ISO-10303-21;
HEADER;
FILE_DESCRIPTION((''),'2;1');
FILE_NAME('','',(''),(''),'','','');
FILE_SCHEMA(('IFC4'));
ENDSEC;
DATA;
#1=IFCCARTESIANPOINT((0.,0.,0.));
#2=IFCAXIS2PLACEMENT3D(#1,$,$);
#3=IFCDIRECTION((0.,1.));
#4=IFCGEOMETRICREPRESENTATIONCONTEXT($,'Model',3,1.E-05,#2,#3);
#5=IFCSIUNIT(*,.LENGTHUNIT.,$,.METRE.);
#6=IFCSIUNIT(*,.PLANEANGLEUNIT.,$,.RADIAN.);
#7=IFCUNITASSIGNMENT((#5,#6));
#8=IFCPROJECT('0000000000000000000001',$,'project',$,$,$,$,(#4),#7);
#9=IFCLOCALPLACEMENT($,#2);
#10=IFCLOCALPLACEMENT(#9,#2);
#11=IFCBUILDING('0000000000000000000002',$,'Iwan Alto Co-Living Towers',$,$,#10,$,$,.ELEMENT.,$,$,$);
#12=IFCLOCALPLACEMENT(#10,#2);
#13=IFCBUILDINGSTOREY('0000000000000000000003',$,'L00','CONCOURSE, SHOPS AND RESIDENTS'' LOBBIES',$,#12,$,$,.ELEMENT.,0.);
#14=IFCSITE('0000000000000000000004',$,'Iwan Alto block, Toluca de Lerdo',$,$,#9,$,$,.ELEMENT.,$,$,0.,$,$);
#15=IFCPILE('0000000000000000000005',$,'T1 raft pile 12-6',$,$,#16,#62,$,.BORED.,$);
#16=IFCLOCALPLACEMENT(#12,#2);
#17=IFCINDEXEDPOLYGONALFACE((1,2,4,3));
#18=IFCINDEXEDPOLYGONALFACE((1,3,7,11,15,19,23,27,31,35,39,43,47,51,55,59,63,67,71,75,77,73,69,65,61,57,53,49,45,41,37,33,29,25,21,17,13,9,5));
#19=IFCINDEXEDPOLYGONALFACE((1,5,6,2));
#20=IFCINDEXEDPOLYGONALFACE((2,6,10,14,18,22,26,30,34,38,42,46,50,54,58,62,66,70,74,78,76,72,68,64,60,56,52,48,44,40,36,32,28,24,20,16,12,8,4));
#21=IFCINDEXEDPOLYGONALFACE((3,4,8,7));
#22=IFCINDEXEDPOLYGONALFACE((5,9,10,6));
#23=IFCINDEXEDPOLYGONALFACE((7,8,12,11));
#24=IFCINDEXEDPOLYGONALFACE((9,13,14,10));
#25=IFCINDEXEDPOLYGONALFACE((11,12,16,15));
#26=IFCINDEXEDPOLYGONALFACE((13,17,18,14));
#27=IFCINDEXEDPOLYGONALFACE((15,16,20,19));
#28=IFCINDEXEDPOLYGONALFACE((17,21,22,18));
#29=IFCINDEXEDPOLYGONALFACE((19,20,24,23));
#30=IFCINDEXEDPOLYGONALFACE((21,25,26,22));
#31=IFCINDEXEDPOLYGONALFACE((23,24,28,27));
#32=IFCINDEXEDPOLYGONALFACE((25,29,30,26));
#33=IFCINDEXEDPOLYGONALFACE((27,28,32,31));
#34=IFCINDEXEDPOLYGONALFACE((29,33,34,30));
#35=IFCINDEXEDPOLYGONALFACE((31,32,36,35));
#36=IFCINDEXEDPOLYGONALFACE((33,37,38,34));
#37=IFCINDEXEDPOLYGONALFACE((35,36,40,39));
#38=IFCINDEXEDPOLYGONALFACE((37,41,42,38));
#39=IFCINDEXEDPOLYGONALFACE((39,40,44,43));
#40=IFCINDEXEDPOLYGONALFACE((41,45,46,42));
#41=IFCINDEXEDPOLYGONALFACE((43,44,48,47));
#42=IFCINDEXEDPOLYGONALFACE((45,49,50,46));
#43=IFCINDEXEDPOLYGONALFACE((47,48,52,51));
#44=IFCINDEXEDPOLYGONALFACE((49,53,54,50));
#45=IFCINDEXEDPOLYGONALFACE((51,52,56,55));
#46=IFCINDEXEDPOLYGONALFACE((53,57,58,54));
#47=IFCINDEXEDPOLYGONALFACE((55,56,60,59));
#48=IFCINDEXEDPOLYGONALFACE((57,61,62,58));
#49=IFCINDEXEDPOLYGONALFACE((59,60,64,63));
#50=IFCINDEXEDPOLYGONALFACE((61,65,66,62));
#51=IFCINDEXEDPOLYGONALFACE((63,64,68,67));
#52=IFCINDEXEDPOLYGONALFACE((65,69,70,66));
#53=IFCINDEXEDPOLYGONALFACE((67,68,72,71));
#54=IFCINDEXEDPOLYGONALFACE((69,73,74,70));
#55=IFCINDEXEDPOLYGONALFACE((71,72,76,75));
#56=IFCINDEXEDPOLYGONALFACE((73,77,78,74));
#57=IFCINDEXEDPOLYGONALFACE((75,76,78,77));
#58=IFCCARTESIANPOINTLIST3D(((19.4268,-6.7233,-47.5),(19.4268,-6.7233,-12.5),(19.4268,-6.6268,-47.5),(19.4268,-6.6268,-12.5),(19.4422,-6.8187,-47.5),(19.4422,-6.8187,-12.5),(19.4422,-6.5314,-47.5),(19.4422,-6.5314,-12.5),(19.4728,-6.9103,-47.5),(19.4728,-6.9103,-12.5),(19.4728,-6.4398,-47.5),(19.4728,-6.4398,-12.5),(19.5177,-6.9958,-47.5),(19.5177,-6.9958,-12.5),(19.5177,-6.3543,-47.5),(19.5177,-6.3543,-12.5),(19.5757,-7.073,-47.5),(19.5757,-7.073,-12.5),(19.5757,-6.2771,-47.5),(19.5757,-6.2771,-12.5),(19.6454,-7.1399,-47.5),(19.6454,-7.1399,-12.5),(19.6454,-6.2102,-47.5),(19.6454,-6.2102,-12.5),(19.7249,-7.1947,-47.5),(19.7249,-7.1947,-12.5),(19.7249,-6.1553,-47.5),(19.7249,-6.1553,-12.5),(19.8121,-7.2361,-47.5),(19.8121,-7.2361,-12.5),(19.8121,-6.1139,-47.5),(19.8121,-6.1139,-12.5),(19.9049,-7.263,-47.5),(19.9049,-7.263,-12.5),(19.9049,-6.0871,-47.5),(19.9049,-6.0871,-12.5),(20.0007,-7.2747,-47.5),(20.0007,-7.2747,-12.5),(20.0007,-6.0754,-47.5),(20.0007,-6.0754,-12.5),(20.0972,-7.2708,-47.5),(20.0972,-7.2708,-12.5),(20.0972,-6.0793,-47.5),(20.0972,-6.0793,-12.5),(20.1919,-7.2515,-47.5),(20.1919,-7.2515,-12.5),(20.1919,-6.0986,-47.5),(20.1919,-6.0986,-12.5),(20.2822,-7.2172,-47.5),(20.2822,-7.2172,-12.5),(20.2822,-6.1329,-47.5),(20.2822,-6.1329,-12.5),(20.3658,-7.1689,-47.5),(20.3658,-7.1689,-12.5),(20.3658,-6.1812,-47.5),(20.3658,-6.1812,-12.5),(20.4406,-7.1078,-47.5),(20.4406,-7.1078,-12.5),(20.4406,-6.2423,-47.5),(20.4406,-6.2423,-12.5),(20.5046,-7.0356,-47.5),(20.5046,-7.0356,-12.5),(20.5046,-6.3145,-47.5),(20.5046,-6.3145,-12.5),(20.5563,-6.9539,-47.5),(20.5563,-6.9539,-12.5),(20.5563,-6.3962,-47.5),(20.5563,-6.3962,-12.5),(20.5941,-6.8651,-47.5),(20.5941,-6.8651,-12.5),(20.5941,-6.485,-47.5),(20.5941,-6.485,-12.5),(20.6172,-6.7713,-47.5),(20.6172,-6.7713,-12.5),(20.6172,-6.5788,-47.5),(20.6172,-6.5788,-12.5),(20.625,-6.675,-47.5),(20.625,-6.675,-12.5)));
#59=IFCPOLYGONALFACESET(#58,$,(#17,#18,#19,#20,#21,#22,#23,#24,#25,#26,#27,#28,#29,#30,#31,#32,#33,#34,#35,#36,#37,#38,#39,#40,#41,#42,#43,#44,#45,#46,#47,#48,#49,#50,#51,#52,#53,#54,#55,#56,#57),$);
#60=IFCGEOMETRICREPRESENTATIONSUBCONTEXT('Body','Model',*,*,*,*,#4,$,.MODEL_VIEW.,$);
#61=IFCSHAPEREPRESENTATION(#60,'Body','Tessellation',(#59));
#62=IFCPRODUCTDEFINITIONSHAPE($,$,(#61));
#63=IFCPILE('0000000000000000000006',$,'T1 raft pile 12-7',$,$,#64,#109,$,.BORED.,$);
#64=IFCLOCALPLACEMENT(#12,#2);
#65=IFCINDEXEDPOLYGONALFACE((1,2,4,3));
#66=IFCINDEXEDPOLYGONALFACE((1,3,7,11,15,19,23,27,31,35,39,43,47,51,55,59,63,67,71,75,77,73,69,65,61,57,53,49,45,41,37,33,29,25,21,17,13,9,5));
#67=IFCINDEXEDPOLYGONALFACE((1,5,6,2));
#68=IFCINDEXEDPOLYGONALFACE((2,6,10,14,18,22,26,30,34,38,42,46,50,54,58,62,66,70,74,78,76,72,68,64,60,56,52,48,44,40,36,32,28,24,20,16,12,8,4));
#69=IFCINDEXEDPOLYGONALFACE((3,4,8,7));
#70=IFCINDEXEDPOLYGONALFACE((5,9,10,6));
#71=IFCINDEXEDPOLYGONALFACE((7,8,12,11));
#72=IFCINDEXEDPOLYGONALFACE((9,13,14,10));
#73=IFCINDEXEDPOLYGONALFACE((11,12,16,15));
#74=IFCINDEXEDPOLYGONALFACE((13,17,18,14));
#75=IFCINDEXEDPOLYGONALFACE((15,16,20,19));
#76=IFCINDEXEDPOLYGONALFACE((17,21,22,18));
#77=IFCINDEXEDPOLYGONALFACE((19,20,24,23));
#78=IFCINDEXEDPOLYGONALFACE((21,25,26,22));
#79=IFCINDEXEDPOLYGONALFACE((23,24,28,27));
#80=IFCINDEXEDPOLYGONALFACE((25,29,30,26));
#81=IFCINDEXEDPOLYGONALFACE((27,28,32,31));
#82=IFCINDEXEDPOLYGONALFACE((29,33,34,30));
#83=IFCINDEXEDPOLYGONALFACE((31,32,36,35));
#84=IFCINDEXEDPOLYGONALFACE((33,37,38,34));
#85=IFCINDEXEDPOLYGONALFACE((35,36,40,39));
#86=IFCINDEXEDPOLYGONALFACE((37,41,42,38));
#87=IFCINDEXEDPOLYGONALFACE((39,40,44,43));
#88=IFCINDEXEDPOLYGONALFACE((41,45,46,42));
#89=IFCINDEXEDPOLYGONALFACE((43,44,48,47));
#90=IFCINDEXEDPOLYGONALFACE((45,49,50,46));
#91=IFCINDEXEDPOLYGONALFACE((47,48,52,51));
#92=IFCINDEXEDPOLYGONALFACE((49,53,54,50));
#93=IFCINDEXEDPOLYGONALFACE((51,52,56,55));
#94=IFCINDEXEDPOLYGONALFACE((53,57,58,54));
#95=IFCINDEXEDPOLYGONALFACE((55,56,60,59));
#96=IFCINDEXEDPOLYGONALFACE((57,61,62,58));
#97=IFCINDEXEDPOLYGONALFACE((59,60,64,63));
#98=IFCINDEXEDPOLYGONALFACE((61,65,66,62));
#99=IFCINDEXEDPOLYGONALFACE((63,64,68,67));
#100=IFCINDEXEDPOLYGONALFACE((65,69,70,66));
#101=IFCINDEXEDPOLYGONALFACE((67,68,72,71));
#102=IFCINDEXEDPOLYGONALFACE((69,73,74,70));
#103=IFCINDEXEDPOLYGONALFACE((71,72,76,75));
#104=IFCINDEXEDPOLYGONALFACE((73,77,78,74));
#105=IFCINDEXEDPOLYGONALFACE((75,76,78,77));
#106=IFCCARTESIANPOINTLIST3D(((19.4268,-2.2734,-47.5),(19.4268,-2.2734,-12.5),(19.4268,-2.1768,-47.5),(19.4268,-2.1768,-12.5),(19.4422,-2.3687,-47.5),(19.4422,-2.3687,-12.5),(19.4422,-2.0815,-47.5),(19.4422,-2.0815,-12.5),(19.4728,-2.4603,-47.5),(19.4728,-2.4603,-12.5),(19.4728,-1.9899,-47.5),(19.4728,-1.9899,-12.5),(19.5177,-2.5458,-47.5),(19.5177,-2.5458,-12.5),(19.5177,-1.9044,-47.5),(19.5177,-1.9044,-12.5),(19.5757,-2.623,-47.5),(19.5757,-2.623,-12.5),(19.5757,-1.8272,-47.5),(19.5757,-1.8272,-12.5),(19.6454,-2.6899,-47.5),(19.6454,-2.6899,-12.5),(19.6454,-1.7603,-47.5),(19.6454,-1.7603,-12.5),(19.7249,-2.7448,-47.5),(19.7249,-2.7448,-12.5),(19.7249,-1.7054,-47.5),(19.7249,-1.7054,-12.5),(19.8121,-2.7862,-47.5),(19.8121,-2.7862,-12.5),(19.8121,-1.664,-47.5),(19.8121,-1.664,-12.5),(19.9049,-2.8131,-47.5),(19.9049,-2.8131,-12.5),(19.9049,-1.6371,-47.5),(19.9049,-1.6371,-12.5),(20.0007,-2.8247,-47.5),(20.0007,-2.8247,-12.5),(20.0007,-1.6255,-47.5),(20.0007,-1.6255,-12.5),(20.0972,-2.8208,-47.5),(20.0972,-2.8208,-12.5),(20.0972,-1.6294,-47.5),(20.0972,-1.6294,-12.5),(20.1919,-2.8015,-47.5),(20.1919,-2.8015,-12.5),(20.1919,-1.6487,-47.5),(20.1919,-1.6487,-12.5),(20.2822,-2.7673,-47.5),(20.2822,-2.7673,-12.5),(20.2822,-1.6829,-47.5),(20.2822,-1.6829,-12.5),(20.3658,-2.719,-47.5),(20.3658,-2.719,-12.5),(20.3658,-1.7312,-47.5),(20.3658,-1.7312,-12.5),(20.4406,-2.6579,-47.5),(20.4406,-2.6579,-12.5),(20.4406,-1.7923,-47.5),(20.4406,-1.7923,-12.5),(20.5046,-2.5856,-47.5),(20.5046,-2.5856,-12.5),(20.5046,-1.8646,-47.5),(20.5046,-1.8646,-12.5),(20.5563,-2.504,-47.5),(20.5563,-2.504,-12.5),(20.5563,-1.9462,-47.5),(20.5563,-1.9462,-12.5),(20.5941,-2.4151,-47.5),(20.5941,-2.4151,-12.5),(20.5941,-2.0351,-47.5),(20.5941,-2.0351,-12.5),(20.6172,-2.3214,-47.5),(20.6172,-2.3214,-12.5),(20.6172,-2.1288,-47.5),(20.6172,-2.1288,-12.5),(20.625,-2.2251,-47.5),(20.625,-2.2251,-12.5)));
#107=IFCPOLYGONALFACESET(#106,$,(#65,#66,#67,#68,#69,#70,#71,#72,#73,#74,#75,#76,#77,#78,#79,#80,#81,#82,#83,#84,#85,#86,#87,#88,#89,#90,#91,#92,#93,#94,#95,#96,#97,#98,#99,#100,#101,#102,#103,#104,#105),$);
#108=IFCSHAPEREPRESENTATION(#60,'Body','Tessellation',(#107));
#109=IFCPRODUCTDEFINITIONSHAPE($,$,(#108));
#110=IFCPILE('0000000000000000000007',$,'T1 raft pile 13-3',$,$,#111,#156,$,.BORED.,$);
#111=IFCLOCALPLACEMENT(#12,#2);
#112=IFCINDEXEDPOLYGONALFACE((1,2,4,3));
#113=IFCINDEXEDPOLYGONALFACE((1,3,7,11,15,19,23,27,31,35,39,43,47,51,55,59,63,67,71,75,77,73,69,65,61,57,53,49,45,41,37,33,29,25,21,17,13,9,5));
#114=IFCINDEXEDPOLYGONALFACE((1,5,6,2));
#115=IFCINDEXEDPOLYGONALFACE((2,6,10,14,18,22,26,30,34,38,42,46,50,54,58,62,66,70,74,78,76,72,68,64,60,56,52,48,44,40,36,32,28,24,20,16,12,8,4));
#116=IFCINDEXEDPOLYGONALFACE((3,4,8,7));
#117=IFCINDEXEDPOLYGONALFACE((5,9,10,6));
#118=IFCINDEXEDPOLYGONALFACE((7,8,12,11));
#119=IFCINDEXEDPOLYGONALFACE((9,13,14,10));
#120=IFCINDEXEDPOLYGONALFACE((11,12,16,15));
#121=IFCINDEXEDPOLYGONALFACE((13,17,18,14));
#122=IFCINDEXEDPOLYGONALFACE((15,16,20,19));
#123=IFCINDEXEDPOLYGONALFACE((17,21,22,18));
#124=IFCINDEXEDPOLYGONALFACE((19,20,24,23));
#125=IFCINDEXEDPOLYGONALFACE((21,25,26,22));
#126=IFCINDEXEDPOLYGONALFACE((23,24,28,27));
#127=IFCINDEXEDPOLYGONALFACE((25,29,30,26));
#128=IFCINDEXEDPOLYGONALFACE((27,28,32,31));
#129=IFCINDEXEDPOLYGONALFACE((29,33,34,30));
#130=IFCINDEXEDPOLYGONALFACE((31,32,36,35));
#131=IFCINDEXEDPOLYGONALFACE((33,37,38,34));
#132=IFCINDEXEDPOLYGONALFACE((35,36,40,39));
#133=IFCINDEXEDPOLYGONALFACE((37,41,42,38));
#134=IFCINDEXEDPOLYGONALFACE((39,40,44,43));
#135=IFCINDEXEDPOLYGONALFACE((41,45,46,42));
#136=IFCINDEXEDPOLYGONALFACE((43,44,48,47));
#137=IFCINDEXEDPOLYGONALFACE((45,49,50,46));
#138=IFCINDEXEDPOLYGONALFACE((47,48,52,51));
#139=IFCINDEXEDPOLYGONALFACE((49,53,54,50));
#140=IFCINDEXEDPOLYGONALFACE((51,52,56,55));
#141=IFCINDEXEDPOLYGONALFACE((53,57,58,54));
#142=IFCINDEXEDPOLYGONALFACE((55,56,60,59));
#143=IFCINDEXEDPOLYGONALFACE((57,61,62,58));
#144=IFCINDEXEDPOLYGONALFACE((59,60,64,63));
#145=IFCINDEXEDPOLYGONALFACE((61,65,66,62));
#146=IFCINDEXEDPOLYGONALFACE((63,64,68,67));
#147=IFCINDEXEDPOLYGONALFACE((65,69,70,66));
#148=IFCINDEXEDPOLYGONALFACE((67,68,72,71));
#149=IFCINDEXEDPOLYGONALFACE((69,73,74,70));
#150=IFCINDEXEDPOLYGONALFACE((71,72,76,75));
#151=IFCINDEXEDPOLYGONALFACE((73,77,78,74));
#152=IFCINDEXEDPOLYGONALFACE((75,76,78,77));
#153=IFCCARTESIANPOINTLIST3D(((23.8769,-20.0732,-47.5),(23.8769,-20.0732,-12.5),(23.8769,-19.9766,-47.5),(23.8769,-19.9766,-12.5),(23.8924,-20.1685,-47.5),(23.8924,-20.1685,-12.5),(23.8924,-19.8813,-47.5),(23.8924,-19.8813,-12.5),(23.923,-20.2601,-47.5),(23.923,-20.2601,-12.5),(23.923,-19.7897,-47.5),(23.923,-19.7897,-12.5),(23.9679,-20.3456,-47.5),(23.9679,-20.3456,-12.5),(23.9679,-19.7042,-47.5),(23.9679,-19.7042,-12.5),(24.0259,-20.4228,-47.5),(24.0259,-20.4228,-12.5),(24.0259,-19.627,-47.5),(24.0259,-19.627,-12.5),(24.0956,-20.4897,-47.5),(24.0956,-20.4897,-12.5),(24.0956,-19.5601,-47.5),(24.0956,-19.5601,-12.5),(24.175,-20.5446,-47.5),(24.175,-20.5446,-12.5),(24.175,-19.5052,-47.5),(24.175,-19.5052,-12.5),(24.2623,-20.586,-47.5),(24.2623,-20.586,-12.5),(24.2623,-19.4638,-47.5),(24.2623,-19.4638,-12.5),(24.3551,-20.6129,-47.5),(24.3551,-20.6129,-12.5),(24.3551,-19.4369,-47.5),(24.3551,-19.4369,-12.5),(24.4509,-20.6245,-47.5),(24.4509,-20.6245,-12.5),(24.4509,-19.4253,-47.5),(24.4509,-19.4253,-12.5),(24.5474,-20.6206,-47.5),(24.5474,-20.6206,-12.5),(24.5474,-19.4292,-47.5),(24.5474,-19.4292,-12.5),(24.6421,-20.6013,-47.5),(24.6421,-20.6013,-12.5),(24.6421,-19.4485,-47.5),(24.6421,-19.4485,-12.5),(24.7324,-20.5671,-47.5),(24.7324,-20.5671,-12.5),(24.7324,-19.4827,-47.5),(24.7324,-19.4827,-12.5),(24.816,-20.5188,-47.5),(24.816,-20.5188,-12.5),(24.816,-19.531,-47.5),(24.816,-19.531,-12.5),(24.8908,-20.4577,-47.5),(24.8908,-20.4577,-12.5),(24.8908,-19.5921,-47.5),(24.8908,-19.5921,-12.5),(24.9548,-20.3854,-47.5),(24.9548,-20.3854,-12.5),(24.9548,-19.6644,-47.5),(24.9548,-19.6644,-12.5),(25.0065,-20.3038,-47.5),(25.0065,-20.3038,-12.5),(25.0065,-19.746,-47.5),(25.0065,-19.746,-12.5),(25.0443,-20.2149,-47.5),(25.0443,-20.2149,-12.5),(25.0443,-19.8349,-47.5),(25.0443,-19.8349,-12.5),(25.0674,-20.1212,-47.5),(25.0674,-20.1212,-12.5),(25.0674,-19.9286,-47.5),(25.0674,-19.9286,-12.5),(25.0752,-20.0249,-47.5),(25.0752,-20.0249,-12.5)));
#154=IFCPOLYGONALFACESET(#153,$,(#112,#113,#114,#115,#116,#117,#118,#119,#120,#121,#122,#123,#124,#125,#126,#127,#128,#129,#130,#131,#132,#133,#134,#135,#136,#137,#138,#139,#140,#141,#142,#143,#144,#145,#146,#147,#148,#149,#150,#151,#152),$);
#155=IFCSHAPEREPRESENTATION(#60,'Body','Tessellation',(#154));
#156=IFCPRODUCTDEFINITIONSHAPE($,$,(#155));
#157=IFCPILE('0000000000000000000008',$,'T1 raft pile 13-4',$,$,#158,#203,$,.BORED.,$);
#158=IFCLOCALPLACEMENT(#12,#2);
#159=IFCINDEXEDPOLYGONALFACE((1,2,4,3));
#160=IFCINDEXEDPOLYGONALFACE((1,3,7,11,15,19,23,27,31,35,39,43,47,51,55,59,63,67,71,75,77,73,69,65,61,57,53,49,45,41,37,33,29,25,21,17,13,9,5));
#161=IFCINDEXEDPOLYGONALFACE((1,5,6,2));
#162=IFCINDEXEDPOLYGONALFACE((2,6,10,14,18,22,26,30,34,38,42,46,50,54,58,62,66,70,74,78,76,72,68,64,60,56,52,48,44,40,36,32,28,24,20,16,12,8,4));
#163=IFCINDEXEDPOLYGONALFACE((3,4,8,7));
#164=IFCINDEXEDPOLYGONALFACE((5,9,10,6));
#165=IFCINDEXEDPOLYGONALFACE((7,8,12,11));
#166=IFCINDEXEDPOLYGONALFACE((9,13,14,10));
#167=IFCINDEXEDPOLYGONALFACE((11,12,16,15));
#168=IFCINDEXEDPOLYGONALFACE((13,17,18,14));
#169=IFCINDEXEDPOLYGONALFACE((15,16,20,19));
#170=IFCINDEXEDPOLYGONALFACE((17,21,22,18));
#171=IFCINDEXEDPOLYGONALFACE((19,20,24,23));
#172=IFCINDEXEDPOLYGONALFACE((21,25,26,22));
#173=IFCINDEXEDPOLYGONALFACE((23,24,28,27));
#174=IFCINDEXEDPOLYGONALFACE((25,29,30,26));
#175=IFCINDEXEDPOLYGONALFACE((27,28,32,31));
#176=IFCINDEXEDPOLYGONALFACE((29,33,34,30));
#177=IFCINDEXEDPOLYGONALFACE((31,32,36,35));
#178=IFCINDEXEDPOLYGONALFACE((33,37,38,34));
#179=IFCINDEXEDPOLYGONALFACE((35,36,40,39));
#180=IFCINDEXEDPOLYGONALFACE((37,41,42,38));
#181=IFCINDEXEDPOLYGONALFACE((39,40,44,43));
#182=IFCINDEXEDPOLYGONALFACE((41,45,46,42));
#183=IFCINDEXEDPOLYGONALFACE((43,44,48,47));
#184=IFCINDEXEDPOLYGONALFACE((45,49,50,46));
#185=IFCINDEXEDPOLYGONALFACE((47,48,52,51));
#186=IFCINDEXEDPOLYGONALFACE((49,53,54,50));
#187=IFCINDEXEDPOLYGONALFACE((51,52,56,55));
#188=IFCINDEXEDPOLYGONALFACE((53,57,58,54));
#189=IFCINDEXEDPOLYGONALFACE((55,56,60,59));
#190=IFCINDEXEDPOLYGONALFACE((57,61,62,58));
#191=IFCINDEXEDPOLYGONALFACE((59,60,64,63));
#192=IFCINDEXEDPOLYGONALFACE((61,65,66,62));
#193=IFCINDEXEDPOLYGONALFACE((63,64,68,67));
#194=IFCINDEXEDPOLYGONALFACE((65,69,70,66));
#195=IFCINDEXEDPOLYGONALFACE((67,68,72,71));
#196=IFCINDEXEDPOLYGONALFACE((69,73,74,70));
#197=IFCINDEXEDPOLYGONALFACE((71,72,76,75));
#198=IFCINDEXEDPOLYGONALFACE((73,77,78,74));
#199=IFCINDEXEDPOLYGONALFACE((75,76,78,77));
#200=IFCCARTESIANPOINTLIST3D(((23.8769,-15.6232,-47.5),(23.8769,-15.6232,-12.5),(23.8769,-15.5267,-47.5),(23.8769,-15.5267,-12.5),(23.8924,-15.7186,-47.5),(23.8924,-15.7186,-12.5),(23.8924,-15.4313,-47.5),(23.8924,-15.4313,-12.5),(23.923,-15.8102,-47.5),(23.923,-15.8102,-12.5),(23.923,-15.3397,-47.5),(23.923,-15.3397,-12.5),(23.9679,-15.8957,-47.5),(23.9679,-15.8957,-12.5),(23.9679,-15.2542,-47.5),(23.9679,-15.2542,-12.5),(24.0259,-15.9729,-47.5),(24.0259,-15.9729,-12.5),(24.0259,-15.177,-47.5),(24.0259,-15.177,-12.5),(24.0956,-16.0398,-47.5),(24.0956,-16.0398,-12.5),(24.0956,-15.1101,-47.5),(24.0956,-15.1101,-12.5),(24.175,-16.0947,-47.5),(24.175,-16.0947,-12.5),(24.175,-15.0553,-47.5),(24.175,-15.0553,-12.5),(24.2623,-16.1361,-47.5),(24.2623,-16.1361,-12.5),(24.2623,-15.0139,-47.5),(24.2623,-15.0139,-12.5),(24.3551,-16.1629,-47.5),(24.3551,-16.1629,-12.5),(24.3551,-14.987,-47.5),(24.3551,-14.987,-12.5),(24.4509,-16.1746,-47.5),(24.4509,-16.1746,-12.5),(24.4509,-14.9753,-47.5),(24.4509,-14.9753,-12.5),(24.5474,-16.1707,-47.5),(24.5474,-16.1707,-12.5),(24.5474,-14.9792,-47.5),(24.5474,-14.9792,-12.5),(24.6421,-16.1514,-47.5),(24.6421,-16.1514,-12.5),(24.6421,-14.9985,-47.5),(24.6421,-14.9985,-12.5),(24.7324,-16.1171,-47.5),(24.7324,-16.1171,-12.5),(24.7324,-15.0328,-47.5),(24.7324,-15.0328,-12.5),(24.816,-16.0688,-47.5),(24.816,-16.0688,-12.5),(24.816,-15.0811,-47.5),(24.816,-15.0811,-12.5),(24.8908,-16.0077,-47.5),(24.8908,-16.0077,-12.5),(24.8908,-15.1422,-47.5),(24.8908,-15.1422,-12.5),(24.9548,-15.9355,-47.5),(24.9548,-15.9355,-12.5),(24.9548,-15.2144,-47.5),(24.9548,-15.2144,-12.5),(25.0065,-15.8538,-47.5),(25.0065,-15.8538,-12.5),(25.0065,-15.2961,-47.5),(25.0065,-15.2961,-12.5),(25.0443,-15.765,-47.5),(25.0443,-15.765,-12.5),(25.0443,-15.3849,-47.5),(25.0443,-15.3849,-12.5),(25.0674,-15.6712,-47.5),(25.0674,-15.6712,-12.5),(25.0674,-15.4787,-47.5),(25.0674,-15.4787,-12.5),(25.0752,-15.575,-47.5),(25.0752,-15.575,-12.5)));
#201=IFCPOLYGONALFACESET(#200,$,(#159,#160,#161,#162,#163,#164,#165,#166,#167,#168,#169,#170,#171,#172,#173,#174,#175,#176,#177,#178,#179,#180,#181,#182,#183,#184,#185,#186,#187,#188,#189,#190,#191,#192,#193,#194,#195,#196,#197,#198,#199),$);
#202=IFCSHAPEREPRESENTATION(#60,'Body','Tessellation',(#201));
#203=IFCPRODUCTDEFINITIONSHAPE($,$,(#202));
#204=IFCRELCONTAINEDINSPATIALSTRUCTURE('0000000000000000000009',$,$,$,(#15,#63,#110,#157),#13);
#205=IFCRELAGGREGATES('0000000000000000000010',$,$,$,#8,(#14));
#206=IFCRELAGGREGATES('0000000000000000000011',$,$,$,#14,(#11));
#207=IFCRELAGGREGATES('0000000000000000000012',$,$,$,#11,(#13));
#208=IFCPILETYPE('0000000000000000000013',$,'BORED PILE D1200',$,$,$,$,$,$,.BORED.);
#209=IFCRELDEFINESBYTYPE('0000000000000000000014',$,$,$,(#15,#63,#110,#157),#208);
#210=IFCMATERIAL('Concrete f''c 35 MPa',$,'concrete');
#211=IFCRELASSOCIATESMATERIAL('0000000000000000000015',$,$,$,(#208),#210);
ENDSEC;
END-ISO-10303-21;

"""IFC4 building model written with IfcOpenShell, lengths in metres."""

from ifc_helpers import new_model, si_unit, direction, frame, origin, origin_2d, place, context, subcontext, project, spatial, circle, extrude, material, material_profile, profile_set, type_object, element, save


model = new_model("IFC4")

# Units and contexts
model_context = context("Model", 3, precision=1e-05, world=origin(), true_north=direction((0.0, 1.0)))
body_context = subcontext(model_context, "Body", "Model", "MODEL_VIEW")
ifc_project = project(units=[si_unit("LENGTHUNIT", "METRE"), si_unit("PLANEANGLEUNIT", "RADIAN")], contexts=[model_context])

# Site, building, storey
site_placement = place(None, origin())
site = spatial("IfcSite", under=ifc_project, at=site_placement, Name="Iwan Alto block, Toluca de Lerdo", CompositionType="ELEMENT", RefElevation=0.0)
building_placement = place(site_placement, origin())
building = spatial("IfcBuilding", under=site, at=building_placement, Name="Iwan Alto Co-Living Towers", CompositionType="ELEMENT")
storey_placement = place(building_placement, origin())
storey = spatial("IfcBuildingStorey", under=building, at=storey_placement, Name="L00", Description="CONCOURSE, SHOPS AND RESIDENTS' LOBBIES", CompositionType="ELEMENT", Elevation=0.0)

# Piles
ifc_material_1 = material(Name="Concrete f'c 35 MPa", Category="concrete")
ifc_material_profile_1 = material_profile(ifc_material_1, circle(Radius=0.6001, at=origin_2d()), Name="D1200")
ifc_profile_set_1 = profile_set([ifc_material_profile_1], Name="Concrete f'c 35 MPa")
pile_type = type_object("IfcPileType", Name="BORED PILE D1200", PredefinedType="BORED", material=ifc_profile_set_1)
for number, where, z_axis, x_axis, name in (
    (1, (20.0249, -6.675, -12.5), (0.0, 0.0, -1.0), (1.0, 0.0, 0.0), "T1 raft pile 12-6"),
    (2, (20.0249, -2.2251, -12.5), (0.0, 0.0, -1.0), (1.0, 0.0, 0.0), "T1 raft pile 12-7"),
    (3, (24.4751, -20.0249, -12.5), (0.0, 0.0, -1.0), (1.0, 0.0, 0.0), "T1 raft pile 13-3"),
    (4, (24.4751, -15.575, -12.5), (0.0, 0.0, -1.0), (1.0, 0.0, 0.0), "T1 raft pile 13-4"),
):
    element("IfcPile", number, at=place(storey_placement, frame(where, z_axis=z_axis, x_axis=x_axis)), inside=storey, type_object=pile_type, Name=name, PredefinedType="BORED", context=body_context, shape_type="SweptSolid", body=[
        extrude(circle(Radius=0.6001, at=origin_2d()), origin(), (0.0, 0.0, 1.0), 35.0),
    ])

save(model, "model.ifc")
